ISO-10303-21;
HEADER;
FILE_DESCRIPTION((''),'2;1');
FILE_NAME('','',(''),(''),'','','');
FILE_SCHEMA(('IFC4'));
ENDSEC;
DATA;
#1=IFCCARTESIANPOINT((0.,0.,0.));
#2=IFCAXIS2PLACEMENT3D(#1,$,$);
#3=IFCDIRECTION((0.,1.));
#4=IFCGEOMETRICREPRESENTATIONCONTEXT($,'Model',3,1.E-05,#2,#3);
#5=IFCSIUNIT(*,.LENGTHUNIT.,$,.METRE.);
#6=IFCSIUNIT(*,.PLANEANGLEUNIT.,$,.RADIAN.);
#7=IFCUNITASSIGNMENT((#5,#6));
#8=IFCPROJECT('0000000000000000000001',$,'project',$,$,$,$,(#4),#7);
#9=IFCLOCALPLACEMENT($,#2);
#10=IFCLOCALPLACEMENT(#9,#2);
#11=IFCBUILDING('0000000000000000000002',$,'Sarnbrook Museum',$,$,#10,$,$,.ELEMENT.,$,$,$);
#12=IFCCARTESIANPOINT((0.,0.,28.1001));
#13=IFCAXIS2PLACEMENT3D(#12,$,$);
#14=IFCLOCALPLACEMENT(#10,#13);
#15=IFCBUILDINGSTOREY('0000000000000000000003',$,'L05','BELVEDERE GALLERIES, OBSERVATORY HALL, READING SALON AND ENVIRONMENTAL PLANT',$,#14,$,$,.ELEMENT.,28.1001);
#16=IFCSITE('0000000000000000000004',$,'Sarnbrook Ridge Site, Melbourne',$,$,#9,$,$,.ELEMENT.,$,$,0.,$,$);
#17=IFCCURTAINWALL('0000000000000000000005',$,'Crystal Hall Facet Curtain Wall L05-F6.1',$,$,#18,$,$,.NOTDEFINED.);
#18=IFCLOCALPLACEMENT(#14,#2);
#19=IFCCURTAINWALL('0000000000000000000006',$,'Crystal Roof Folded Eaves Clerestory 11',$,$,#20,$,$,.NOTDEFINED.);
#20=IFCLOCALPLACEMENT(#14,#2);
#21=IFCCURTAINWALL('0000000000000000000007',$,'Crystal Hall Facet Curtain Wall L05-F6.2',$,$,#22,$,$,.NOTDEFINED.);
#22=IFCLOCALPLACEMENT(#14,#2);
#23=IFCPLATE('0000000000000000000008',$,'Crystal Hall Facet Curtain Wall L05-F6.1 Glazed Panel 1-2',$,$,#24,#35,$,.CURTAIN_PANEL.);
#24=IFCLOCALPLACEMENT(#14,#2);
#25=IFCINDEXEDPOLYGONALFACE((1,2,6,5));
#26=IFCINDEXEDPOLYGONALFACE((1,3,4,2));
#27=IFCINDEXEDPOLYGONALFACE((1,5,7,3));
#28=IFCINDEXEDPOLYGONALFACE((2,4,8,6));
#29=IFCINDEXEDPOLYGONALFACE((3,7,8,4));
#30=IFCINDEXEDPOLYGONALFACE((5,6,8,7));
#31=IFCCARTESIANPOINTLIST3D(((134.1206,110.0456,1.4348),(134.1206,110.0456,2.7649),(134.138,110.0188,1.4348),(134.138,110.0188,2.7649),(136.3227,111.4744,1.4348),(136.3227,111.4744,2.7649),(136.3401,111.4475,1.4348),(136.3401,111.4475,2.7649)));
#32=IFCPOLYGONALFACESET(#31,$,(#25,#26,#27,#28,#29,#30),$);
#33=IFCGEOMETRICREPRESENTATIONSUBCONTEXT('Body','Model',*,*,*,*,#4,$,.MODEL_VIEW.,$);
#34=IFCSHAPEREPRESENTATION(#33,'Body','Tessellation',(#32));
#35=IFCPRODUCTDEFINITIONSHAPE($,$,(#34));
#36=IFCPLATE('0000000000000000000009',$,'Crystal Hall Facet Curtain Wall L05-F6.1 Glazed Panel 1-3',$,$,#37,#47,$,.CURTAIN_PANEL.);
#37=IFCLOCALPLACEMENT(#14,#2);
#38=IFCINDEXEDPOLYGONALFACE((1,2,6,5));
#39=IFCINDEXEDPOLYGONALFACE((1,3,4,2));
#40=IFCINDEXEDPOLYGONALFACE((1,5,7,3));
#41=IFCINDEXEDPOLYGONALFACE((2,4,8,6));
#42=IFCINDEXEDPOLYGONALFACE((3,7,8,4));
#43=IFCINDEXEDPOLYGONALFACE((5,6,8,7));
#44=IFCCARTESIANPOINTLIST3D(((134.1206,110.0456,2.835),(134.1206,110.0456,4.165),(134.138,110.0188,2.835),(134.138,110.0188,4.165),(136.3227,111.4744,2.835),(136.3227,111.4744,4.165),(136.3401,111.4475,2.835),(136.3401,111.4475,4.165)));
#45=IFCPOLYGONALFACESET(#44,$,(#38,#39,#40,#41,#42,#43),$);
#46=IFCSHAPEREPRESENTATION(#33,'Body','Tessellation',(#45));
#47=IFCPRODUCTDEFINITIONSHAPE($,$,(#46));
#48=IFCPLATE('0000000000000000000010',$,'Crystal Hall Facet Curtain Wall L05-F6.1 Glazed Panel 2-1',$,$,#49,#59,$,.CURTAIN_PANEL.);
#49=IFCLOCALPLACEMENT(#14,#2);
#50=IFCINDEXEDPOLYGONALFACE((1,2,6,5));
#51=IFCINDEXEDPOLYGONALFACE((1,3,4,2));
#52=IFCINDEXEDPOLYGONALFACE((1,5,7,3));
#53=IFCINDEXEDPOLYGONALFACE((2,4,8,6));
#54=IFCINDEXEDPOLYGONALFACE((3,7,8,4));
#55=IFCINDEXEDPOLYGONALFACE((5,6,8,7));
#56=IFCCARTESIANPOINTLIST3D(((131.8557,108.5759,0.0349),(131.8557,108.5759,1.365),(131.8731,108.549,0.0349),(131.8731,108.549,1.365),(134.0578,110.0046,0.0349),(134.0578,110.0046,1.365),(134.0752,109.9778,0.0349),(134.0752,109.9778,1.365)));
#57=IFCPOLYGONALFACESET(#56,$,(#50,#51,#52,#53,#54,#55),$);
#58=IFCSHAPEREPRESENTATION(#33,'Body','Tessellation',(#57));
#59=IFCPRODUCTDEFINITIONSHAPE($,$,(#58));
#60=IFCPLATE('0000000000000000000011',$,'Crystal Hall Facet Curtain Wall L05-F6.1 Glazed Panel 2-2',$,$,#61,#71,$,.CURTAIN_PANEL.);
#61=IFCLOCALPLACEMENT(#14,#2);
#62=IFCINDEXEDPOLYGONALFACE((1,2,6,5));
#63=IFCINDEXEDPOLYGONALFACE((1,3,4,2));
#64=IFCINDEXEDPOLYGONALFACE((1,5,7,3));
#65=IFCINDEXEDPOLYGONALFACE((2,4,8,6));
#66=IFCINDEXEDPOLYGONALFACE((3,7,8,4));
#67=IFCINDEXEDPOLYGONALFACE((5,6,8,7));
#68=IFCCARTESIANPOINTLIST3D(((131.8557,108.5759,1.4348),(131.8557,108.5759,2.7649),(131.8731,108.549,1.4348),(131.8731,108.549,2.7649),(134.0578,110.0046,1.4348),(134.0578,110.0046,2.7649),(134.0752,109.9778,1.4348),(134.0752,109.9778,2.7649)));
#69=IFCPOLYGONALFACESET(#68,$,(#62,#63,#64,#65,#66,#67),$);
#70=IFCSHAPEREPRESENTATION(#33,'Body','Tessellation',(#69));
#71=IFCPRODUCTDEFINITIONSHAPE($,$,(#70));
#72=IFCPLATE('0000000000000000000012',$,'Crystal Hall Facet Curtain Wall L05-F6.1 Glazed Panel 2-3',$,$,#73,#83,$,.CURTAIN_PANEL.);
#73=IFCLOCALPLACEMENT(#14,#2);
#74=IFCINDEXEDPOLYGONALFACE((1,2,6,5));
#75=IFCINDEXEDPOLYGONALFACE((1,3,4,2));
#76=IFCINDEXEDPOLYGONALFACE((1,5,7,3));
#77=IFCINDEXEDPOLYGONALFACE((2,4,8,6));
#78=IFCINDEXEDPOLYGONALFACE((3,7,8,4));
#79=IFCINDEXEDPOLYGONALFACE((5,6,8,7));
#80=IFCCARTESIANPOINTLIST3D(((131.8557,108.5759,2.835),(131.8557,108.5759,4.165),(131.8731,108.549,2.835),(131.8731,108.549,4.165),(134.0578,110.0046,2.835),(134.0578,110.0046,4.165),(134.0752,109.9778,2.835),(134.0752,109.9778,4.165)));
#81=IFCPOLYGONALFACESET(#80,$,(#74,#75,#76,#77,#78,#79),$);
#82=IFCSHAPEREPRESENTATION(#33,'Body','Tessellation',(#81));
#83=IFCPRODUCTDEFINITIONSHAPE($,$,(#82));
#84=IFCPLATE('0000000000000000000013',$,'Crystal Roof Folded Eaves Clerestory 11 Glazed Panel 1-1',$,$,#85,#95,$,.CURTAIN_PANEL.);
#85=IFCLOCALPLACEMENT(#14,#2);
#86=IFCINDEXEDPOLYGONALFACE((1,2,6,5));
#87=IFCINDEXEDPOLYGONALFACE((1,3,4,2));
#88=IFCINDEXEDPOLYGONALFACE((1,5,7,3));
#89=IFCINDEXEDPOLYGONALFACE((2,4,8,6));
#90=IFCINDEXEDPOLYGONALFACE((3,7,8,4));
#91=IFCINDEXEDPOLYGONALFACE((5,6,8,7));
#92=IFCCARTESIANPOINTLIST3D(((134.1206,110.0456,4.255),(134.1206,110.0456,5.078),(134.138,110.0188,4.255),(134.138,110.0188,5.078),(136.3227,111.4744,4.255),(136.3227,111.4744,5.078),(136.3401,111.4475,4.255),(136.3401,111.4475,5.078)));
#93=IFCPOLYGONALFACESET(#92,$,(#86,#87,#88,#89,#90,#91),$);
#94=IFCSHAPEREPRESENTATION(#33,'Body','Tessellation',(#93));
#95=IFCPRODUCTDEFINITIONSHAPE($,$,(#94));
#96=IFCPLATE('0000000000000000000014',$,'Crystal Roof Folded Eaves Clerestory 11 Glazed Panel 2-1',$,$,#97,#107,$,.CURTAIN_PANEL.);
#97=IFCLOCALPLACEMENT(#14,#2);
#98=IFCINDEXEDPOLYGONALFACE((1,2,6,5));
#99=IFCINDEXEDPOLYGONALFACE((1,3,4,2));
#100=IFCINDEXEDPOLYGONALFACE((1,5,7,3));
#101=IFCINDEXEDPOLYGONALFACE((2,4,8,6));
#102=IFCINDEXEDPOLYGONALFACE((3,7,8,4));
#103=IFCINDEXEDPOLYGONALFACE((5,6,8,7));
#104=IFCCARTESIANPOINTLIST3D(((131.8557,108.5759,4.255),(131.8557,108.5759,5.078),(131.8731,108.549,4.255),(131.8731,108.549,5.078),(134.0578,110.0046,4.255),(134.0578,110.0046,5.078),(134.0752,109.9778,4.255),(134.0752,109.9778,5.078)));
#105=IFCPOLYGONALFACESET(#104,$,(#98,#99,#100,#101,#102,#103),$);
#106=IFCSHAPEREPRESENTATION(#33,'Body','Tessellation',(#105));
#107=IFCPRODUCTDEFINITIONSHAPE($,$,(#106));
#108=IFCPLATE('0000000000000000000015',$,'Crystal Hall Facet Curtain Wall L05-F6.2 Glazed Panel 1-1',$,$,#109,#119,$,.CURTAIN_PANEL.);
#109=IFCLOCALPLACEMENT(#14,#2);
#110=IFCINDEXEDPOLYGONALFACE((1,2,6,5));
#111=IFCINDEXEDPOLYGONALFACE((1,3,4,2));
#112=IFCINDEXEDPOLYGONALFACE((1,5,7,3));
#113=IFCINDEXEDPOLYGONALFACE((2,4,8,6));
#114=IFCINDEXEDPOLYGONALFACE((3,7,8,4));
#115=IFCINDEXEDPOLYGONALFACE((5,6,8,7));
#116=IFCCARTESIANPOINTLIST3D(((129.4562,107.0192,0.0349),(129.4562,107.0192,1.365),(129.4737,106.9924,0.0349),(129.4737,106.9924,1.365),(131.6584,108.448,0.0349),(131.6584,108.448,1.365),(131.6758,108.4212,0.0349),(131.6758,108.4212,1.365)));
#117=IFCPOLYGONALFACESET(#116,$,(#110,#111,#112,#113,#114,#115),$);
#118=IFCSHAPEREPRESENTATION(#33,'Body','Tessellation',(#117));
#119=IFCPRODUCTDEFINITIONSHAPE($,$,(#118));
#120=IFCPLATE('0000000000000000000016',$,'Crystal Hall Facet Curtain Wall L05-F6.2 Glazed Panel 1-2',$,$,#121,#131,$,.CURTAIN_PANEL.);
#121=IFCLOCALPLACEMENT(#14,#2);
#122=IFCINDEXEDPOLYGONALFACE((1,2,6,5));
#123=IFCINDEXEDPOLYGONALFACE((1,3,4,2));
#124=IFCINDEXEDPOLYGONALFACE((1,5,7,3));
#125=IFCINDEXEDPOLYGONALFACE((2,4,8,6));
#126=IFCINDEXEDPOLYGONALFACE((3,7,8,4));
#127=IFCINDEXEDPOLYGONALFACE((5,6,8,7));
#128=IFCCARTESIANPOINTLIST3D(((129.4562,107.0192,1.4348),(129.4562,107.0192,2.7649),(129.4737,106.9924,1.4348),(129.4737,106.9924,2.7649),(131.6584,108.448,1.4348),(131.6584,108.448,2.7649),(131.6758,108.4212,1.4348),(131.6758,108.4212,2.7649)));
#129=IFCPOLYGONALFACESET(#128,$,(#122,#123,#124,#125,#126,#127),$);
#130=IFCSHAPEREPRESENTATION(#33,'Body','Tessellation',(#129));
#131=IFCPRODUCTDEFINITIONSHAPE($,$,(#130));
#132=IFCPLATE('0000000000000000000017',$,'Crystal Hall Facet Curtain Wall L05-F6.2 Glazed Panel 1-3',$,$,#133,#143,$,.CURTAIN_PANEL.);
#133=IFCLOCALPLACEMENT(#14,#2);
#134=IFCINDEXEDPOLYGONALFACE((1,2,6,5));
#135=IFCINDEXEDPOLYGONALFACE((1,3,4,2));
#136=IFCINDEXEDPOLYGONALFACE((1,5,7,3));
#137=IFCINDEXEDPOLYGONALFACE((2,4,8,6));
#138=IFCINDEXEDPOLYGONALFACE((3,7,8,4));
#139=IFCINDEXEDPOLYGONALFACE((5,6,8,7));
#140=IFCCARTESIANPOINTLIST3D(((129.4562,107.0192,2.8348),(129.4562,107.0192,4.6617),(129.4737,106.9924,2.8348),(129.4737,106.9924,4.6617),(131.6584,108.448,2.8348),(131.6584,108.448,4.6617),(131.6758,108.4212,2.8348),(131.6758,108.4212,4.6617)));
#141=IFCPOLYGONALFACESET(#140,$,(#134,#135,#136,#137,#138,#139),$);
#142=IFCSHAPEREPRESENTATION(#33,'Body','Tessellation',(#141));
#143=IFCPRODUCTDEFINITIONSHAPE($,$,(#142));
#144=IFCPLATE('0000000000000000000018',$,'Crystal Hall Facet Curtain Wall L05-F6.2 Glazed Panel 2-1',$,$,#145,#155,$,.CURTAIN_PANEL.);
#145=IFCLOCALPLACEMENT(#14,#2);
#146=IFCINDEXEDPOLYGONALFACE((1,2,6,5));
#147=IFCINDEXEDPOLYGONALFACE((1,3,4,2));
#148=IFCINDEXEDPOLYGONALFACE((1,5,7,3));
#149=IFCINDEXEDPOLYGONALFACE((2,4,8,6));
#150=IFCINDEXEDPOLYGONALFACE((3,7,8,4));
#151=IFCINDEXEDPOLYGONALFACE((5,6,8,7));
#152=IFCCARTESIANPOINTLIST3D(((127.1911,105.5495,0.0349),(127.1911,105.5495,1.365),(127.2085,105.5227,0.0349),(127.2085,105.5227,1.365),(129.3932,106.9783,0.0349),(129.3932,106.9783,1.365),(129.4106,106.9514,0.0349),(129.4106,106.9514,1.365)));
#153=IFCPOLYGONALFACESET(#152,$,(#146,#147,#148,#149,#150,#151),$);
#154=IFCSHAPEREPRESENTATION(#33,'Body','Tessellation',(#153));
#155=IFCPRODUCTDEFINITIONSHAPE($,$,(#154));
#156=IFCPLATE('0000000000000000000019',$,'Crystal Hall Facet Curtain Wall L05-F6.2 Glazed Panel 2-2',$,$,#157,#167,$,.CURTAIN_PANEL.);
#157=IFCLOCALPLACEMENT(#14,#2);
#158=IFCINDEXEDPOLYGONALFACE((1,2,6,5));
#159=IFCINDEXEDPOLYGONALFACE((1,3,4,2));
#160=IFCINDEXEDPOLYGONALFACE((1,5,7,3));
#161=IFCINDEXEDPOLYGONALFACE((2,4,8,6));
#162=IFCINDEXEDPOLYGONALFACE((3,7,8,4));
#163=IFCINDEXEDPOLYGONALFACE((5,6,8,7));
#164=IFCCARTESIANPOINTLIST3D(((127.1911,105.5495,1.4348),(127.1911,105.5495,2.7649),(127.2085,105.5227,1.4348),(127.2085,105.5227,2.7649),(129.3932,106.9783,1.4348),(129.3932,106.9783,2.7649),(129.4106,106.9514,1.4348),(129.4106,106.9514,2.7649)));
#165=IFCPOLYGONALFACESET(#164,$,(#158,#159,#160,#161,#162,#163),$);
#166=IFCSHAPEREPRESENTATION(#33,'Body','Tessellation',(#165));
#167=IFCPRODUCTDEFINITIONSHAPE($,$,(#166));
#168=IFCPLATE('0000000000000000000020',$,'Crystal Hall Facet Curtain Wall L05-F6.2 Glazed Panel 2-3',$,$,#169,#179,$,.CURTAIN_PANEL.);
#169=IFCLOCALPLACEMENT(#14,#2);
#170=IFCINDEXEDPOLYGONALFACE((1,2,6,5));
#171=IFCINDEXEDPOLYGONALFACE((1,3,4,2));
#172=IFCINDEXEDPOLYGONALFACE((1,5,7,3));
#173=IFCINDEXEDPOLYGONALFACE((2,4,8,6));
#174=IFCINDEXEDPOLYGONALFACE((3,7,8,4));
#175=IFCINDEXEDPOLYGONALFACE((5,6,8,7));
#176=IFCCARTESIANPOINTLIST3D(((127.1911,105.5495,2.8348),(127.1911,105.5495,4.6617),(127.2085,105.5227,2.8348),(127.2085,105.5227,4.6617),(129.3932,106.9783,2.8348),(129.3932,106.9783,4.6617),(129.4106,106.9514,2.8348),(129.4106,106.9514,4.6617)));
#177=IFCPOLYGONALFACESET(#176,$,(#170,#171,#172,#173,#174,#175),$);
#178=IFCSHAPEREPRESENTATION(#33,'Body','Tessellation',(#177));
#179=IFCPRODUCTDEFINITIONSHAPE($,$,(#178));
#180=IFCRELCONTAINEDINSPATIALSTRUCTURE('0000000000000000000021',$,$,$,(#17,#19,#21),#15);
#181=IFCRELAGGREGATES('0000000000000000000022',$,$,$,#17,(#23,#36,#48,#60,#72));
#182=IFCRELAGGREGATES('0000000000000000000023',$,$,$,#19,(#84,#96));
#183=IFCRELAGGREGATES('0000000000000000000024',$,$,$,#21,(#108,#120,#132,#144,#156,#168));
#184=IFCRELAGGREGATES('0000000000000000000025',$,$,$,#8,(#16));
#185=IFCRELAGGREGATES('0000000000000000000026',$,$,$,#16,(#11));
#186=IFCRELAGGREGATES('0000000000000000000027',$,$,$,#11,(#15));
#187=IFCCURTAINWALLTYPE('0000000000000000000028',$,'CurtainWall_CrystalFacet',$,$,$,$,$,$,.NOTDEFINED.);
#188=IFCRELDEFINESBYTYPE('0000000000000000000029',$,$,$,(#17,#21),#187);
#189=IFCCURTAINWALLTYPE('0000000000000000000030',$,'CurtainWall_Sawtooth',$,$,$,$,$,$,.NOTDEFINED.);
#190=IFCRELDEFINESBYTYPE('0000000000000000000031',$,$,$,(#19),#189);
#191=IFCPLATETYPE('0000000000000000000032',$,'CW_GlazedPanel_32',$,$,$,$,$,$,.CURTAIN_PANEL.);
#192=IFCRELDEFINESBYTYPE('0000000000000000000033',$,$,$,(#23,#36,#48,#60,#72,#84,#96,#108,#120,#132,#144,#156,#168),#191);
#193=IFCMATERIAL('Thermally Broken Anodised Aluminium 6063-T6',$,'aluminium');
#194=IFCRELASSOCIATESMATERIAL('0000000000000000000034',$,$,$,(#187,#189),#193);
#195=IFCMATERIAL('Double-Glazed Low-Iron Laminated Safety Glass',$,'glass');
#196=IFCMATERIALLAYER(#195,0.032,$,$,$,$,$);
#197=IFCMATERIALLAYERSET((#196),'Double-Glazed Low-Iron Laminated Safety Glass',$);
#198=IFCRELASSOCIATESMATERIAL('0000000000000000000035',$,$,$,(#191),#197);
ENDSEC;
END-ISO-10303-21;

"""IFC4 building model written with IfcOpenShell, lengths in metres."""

from ifc_helpers import new_model, si_unit, direction, frame, origin, origin_2d, place, context, subcontext, project, spatial, rectangle, extrude, material, layer, layer_set, type_object, element, aggregate, save


model = new_model("IFC4")

# Units and contexts
model_context = context("Model", 3, precision=1e-05, world=origin(), true_north=direction((0.0, 1.0)))
body_context = subcontext(model_context, "Body", "Model", "MODEL_VIEW")
ifc_project = project(units=[si_unit("LENGTHUNIT", "METRE"), si_unit("PLANEANGLEUNIT", "RADIAN")], contexts=[model_context])

# Site, building, storey
site_placement = place(None, origin())
site = spatial("IfcSite", under=ifc_project, at=site_placement, Name="Sarnbrook Ridge Site, Melbourne", CompositionType="ELEMENT", RefElevation=0.0)
building_placement = place(site_placement, origin())
building = spatial("IfcBuilding", under=site, at=building_placement, Name="Sarnbrook Museum", CompositionType="ELEMENT")
storey_placement = place(building_placement, frame((0.0, 0.0, 28.1001)))
storey = spatial("IfcBuildingStorey", under=building, at=storey_placement, Name="L05", Description="BELVEDERE GALLERIES, OBSERVATORY HALL, READING SALON AND ENVIRONMENTAL PLANT", CompositionType="ELEMENT", Elevation=28.1001)

# Curtain walls
ifc_material_1 = material(Name="Thermally Broken Anodised Aluminium 6063-T6", Category="aluminium")
curtain_wall_type_1 = type_object("IfcCurtainWallType", Name="CurtainWall_CrystalFacet", PredefinedType="NOTDEFINED", material=ifc_material_1)
curtain_wall_1_placement = place(storey_placement, origin())
curtain_wall_1 = element("IfcCurtainWall", 1, at=curtain_wall_1_placement, inside=storey, type_object=curtain_wall_type_1, Name="Crystal Hall Facet Curtain Wall L05-F6.1", PredefinedType="NOTDEFINED")
curtain_wall_type_2 = type_object("IfcCurtainWallType", Name="CurtainWall_Sawtooth", PredefinedType="NOTDEFINED", material=ifc_material_1)
curtain_wall_2_placement = place(storey_placement, origin())
curtain_wall_2 = element("IfcCurtainWall", 2, at=curtain_wall_2_placement, inside=storey, type_object=curtain_wall_type_2, Name="Crystal Roof Folded Eaves Clerestory 11", PredefinedType="NOTDEFINED")
curtain_wall_3_placement = place(storey_placement, origin())
curtain_wall_3 = element("IfcCurtainWall", 3, at=curtain_wall_3_placement, inside=storey, type_object=curtain_wall_type_1, Name="Crystal Hall Facet Curtain Wall L05-F6.2", PredefinedType="NOTDEFINED")

# Plates
ifc_material_2 = material(Name="Double-Glazed Low-Iron Laminated Safety Glass", Category="glass")
ifc_layer = layer(ifc_material_2, 0.032)
ifc_layer_set = layer_set([ifc_layer], Name="Double-Glazed Low-Iron Laminated Safety Glass")
plate_type = type_object("IfcPlateType", Name="CW_GlazedPanel_32", PredefinedType="CURTAIN_PANEL", material=ifc_layer_set)
plate_1_placement = place(storey_placement, frame((135.239, 110.7332, 2.0999), z_axis=(-0.544291, 0.838897, 0.0), x_axis=(-0.838897, -0.544291, 0.0)))
plate_1 = element("IfcPlate", 4, at=plate_1_placement, type_object=plate_type, Name="Crystal Hall Facet Curtain Wall L05-F6.1 Glazed Panel 1-2", PredefinedType="CURTAIN_PANEL", context=body_context, shape_type="SweptSolid", body=[
    extrude(rectangle(XDim=2.625, YDim=1.3301, at=origin_2d()), origin(), (0.0, 0.0, 1.0), 0.032),
])
plate_2_placement = place(storey_placement, frame((135.239, 110.7332, 3.5), z_axis=(-0.544291, 0.838897, 0.0), x_axis=(-0.838897, -0.544291, 0.0)))
plate_2 = element("IfcPlate", 5, at=plate_2_placement, type_object=plate_type, Name="Crystal Hall Facet Curtain Wall L05-F6.1 Glazed Panel 1-3", PredefinedType="CURTAIN_PANEL", context=body_context, shape_type="SweptSolid", body=[
    extrude(rectangle(XDim=2.625, YDim=1.3301, at=origin_2d()), origin(), (0.0, 0.0, 1.0), 0.032),
])
plate_3_placement = place(storey_placement, frame((132.9741, 109.2634, 0.7), z_axis=(-0.544291, 0.838897, 0.0), x_axis=(-0.838897, -0.544291, 0.0)))
plate_3 = element("IfcPlate", 6, at=plate_3_placement, type_object=plate_type, Name="Crystal Hall Facet Curtain Wall L05-F6.1 Glazed Panel 2-1", PredefinedType="CURTAIN_PANEL", context=body_context, shape_type="SweptSolid", body=[
    extrude(rectangle(XDim=2.625, YDim=1.3301, at=origin_2d()), origin(), (0.0, 0.0, 1.0), 0.032),
])
plate_4_placement = place(storey_placement, frame((132.9741, 109.2634, 2.0999), z_axis=(-0.544291, 0.838897, 0.0), x_axis=(-0.838897, -0.544291, 0.0)))
plate_4 = element("IfcPlate", 7, at=plate_4_placement, type_object=plate_type, Name="Crystal Hall Facet Curtain Wall L05-F6.1 Glazed Panel 2-2", PredefinedType="CURTAIN_PANEL", context=body_context, shape_type="SweptSolid", body=[
    extrude(rectangle(XDim=2.625, YDim=1.3301, at=origin_2d()), origin(), (0.0, 0.0, 1.0), 0.032),
])
plate_5_placement = place(storey_placement, frame((132.9741, 109.2634, 3.5), z_axis=(-0.544291, 0.838897, 0.0), x_axis=(-0.838897, -0.544291, 0.0)))
plate_5 = element("IfcPlate", 8, at=plate_5_placement, type_object=plate_type, Name="Crystal Hall Facet Curtain Wall L05-F6.1 Glazed Panel 2-3", PredefinedType="CURTAIN_PANEL", context=body_context, shape_type="SweptSolid", body=[
    extrude(rectangle(XDim=2.625, YDim=1.3301, at=origin_2d()), origin(), (0.0, 0.0, 1.0), 0.032),
])
aggregate(curtain_wall_1, [plate_1, plate_2, plate_3, plate_4, plate_5])
plate_6_placement = place(storey_placement, frame((135.239, 110.7332, 4.6665), z_axis=(-0.544291, 0.838897, 0.0), x_axis=(-0.838897, -0.544291, 0.0)))
plate_6 = element("IfcPlate", 9, at=plate_6_placement, type_object=plate_type, Name="Crystal Roof Folded Eaves Clerestory 11 Glazed Panel 1-1", PredefinedType="CURTAIN_PANEL", context=body_context, shape_type="SweptSolid", body=[
    extrude(rectangle(XDim=2.625, YDim=0.823, at=origin_2d()), origin(), (0.0, 0.0, 1.0), 0.032),
])
plate_7_placement = place(storey_placement, frame((132.9741, 109.2634, 4.6665), z_axis=(-0.544291, 0.838897, 0.0), x_axis=(-0.838897, -0.544291, 0.0)))
plate_7 = element("IfcPlate", 10, at=plate_7_placement, type_object=plate_type, Name="Crystal Roof Folded Eaves Clerestory 11 Glazed Panel 2-1", PredefinedType="CURTAIN_PANEL", context=body_context, shape_type="SweptSolid", body=[
    extrude(rectangle(XDim=2.625, YDim=0.823, at=origin_2d()), origin(), (0.0, 0.0, 1.0), 0.032),
])
aggregate(curtain_wall_2, [plate_6, plate_7])
plate_8_placement = place(storey_placement, frame((130.5747, 107.7068, 0.7), z_axis=(-0.544291, 0.838897, 0.0), x_axis=(-0.838897, -0.544291, 0.0)))
plate_8 = element("IfcPlate", 11, at=plate_8_placement, type_object=plate_type, Name="Crystal Hall Facet Curtain Wall L05-F6.2 Glazed Panel 1-1", PredefinedType="CURTAIN_PANEL", context=body_context, shape_type="SweptSolid", body=[
    extrude(rectangle(XDim=2.625, YDim=1.3301, at=origin_2d()), origin(), (0.0, 0.0, 1.0), 0.032),
])
plate_9_placement = place(storey_placement, frame((130.5747, 107.7068, 2.0999), z_axis=(-0.544291, 0.838897, 0.0), x_axis=(-0.838897, -0.544291, 0.0)))
plate_9 = element("IfcPlate", 12, at=plate_9_placement, type_object=plate_type, Name="Crystal Hall Facet Curtain Wall L05-F6.2 Glazed Panel 1-2", PredefinedType="CURTAIN_PANEL", context=body_context, shape_type="SweptSolid", body=[
    extrude(rectangle(XDim=2.625, YDim=1.3301, at=origin_2d()), origin(), (0.0, 0.0, 1.0), 0.032),
])
plate_10_placement = place(storey_placement, frame((130.5747, 107.7068, 3.7483), z_axis=(-0.544291, 0.838897, 0.0), x_axis=(-0.838897, -0.544291, 0.0)))
plate_10 = element("IfcPlate", 13, at=plate_10_placement, type_object=plate_type, Name="Crystal Hall Facet Curtain Wall L05-F6.2 Glazed Panel 1-3", PredefinedType="CURTAIN_PANEL", context=body_context, shape_type="SweptSolid", body=[
    extrude(rectangle(XDim=2.625, YDim=1.8269, at=origin_2d()), origin(), (0.0, 0.0, 1.0), 0.032),
])
plate_11_placement = place(storey_placement, frame((128.3096, 106.2371, 0.7), z_axis=(-0.544291, 0.838897, 0.0), x_axis=(-0.838897, -0.544291, 0.0)))
plate_11 = element("IfcPlate", 14, at=plate_11_placement, type_object=plate_type, Name="Crystal Hall Facet Curtain Wall L05-F6.2 Glazed Panel 2-1", PredefinedType="CURTAIN_PANEL", context=body_context, shape_type="SweptSolid", body=[
    extrude(rectangle(XDim=2.625, YDim=1.3301, at=origin_2d()), origin(), (0.0, 0.0, 1.0), 0.032),
])
plate_12_placement = place(storey_placement, frame((128.3096, 106.2371, 2.0999), z_axis=(-0.544291, 0.838897, 0.0), x_axis=(-0.838897, -0.544291, 0.0)))
plate_12 = element("IfcPlate", 15, at=plate_12_placement, type_object=plate_type, Name="Crystal Hall Facet Curtain Wall L05-F6.2 Glazed Panel 2-2", PredefinedType="CURTAIN_PANEL", context=body_context, shape_type="SweptSolid", body=[
    extrude(rectangle(XDim=2.625, YDim=1.3301, at=origin_2d()), origin(), (0.0, 0.0, 1.0), 0.032),
])
plate_13_placement = place(storey_placement, frame((128.3096, 106.2371, 3.7483), z_axis=(-0.544291, 0.838897, 0.0), x_axis=(-0.838897, -0.544291, 0.0)))
plate_13 = element("IfcPlate", 16, at=plate_13_placement, type_object=plate_type, Name="Crystal Hall Facet Curtain Wall L05-F6.2 Glazed Panel 2-3", PredefinedType="CURTAIN_PANEL", context=body_context, shape_type="SweptSolid", body=[
    extrude(rectangle(XDim=2.625, YDim=1.8269, at=origin_2d()), origin(), (0.0, 0.0, 1.0), 0.032),
])
aggregate(curtain_wall_3, [plate_8, plate_9, plate_10, plate_11, plate_12, plate_13])

save(model, "model.ifc")
